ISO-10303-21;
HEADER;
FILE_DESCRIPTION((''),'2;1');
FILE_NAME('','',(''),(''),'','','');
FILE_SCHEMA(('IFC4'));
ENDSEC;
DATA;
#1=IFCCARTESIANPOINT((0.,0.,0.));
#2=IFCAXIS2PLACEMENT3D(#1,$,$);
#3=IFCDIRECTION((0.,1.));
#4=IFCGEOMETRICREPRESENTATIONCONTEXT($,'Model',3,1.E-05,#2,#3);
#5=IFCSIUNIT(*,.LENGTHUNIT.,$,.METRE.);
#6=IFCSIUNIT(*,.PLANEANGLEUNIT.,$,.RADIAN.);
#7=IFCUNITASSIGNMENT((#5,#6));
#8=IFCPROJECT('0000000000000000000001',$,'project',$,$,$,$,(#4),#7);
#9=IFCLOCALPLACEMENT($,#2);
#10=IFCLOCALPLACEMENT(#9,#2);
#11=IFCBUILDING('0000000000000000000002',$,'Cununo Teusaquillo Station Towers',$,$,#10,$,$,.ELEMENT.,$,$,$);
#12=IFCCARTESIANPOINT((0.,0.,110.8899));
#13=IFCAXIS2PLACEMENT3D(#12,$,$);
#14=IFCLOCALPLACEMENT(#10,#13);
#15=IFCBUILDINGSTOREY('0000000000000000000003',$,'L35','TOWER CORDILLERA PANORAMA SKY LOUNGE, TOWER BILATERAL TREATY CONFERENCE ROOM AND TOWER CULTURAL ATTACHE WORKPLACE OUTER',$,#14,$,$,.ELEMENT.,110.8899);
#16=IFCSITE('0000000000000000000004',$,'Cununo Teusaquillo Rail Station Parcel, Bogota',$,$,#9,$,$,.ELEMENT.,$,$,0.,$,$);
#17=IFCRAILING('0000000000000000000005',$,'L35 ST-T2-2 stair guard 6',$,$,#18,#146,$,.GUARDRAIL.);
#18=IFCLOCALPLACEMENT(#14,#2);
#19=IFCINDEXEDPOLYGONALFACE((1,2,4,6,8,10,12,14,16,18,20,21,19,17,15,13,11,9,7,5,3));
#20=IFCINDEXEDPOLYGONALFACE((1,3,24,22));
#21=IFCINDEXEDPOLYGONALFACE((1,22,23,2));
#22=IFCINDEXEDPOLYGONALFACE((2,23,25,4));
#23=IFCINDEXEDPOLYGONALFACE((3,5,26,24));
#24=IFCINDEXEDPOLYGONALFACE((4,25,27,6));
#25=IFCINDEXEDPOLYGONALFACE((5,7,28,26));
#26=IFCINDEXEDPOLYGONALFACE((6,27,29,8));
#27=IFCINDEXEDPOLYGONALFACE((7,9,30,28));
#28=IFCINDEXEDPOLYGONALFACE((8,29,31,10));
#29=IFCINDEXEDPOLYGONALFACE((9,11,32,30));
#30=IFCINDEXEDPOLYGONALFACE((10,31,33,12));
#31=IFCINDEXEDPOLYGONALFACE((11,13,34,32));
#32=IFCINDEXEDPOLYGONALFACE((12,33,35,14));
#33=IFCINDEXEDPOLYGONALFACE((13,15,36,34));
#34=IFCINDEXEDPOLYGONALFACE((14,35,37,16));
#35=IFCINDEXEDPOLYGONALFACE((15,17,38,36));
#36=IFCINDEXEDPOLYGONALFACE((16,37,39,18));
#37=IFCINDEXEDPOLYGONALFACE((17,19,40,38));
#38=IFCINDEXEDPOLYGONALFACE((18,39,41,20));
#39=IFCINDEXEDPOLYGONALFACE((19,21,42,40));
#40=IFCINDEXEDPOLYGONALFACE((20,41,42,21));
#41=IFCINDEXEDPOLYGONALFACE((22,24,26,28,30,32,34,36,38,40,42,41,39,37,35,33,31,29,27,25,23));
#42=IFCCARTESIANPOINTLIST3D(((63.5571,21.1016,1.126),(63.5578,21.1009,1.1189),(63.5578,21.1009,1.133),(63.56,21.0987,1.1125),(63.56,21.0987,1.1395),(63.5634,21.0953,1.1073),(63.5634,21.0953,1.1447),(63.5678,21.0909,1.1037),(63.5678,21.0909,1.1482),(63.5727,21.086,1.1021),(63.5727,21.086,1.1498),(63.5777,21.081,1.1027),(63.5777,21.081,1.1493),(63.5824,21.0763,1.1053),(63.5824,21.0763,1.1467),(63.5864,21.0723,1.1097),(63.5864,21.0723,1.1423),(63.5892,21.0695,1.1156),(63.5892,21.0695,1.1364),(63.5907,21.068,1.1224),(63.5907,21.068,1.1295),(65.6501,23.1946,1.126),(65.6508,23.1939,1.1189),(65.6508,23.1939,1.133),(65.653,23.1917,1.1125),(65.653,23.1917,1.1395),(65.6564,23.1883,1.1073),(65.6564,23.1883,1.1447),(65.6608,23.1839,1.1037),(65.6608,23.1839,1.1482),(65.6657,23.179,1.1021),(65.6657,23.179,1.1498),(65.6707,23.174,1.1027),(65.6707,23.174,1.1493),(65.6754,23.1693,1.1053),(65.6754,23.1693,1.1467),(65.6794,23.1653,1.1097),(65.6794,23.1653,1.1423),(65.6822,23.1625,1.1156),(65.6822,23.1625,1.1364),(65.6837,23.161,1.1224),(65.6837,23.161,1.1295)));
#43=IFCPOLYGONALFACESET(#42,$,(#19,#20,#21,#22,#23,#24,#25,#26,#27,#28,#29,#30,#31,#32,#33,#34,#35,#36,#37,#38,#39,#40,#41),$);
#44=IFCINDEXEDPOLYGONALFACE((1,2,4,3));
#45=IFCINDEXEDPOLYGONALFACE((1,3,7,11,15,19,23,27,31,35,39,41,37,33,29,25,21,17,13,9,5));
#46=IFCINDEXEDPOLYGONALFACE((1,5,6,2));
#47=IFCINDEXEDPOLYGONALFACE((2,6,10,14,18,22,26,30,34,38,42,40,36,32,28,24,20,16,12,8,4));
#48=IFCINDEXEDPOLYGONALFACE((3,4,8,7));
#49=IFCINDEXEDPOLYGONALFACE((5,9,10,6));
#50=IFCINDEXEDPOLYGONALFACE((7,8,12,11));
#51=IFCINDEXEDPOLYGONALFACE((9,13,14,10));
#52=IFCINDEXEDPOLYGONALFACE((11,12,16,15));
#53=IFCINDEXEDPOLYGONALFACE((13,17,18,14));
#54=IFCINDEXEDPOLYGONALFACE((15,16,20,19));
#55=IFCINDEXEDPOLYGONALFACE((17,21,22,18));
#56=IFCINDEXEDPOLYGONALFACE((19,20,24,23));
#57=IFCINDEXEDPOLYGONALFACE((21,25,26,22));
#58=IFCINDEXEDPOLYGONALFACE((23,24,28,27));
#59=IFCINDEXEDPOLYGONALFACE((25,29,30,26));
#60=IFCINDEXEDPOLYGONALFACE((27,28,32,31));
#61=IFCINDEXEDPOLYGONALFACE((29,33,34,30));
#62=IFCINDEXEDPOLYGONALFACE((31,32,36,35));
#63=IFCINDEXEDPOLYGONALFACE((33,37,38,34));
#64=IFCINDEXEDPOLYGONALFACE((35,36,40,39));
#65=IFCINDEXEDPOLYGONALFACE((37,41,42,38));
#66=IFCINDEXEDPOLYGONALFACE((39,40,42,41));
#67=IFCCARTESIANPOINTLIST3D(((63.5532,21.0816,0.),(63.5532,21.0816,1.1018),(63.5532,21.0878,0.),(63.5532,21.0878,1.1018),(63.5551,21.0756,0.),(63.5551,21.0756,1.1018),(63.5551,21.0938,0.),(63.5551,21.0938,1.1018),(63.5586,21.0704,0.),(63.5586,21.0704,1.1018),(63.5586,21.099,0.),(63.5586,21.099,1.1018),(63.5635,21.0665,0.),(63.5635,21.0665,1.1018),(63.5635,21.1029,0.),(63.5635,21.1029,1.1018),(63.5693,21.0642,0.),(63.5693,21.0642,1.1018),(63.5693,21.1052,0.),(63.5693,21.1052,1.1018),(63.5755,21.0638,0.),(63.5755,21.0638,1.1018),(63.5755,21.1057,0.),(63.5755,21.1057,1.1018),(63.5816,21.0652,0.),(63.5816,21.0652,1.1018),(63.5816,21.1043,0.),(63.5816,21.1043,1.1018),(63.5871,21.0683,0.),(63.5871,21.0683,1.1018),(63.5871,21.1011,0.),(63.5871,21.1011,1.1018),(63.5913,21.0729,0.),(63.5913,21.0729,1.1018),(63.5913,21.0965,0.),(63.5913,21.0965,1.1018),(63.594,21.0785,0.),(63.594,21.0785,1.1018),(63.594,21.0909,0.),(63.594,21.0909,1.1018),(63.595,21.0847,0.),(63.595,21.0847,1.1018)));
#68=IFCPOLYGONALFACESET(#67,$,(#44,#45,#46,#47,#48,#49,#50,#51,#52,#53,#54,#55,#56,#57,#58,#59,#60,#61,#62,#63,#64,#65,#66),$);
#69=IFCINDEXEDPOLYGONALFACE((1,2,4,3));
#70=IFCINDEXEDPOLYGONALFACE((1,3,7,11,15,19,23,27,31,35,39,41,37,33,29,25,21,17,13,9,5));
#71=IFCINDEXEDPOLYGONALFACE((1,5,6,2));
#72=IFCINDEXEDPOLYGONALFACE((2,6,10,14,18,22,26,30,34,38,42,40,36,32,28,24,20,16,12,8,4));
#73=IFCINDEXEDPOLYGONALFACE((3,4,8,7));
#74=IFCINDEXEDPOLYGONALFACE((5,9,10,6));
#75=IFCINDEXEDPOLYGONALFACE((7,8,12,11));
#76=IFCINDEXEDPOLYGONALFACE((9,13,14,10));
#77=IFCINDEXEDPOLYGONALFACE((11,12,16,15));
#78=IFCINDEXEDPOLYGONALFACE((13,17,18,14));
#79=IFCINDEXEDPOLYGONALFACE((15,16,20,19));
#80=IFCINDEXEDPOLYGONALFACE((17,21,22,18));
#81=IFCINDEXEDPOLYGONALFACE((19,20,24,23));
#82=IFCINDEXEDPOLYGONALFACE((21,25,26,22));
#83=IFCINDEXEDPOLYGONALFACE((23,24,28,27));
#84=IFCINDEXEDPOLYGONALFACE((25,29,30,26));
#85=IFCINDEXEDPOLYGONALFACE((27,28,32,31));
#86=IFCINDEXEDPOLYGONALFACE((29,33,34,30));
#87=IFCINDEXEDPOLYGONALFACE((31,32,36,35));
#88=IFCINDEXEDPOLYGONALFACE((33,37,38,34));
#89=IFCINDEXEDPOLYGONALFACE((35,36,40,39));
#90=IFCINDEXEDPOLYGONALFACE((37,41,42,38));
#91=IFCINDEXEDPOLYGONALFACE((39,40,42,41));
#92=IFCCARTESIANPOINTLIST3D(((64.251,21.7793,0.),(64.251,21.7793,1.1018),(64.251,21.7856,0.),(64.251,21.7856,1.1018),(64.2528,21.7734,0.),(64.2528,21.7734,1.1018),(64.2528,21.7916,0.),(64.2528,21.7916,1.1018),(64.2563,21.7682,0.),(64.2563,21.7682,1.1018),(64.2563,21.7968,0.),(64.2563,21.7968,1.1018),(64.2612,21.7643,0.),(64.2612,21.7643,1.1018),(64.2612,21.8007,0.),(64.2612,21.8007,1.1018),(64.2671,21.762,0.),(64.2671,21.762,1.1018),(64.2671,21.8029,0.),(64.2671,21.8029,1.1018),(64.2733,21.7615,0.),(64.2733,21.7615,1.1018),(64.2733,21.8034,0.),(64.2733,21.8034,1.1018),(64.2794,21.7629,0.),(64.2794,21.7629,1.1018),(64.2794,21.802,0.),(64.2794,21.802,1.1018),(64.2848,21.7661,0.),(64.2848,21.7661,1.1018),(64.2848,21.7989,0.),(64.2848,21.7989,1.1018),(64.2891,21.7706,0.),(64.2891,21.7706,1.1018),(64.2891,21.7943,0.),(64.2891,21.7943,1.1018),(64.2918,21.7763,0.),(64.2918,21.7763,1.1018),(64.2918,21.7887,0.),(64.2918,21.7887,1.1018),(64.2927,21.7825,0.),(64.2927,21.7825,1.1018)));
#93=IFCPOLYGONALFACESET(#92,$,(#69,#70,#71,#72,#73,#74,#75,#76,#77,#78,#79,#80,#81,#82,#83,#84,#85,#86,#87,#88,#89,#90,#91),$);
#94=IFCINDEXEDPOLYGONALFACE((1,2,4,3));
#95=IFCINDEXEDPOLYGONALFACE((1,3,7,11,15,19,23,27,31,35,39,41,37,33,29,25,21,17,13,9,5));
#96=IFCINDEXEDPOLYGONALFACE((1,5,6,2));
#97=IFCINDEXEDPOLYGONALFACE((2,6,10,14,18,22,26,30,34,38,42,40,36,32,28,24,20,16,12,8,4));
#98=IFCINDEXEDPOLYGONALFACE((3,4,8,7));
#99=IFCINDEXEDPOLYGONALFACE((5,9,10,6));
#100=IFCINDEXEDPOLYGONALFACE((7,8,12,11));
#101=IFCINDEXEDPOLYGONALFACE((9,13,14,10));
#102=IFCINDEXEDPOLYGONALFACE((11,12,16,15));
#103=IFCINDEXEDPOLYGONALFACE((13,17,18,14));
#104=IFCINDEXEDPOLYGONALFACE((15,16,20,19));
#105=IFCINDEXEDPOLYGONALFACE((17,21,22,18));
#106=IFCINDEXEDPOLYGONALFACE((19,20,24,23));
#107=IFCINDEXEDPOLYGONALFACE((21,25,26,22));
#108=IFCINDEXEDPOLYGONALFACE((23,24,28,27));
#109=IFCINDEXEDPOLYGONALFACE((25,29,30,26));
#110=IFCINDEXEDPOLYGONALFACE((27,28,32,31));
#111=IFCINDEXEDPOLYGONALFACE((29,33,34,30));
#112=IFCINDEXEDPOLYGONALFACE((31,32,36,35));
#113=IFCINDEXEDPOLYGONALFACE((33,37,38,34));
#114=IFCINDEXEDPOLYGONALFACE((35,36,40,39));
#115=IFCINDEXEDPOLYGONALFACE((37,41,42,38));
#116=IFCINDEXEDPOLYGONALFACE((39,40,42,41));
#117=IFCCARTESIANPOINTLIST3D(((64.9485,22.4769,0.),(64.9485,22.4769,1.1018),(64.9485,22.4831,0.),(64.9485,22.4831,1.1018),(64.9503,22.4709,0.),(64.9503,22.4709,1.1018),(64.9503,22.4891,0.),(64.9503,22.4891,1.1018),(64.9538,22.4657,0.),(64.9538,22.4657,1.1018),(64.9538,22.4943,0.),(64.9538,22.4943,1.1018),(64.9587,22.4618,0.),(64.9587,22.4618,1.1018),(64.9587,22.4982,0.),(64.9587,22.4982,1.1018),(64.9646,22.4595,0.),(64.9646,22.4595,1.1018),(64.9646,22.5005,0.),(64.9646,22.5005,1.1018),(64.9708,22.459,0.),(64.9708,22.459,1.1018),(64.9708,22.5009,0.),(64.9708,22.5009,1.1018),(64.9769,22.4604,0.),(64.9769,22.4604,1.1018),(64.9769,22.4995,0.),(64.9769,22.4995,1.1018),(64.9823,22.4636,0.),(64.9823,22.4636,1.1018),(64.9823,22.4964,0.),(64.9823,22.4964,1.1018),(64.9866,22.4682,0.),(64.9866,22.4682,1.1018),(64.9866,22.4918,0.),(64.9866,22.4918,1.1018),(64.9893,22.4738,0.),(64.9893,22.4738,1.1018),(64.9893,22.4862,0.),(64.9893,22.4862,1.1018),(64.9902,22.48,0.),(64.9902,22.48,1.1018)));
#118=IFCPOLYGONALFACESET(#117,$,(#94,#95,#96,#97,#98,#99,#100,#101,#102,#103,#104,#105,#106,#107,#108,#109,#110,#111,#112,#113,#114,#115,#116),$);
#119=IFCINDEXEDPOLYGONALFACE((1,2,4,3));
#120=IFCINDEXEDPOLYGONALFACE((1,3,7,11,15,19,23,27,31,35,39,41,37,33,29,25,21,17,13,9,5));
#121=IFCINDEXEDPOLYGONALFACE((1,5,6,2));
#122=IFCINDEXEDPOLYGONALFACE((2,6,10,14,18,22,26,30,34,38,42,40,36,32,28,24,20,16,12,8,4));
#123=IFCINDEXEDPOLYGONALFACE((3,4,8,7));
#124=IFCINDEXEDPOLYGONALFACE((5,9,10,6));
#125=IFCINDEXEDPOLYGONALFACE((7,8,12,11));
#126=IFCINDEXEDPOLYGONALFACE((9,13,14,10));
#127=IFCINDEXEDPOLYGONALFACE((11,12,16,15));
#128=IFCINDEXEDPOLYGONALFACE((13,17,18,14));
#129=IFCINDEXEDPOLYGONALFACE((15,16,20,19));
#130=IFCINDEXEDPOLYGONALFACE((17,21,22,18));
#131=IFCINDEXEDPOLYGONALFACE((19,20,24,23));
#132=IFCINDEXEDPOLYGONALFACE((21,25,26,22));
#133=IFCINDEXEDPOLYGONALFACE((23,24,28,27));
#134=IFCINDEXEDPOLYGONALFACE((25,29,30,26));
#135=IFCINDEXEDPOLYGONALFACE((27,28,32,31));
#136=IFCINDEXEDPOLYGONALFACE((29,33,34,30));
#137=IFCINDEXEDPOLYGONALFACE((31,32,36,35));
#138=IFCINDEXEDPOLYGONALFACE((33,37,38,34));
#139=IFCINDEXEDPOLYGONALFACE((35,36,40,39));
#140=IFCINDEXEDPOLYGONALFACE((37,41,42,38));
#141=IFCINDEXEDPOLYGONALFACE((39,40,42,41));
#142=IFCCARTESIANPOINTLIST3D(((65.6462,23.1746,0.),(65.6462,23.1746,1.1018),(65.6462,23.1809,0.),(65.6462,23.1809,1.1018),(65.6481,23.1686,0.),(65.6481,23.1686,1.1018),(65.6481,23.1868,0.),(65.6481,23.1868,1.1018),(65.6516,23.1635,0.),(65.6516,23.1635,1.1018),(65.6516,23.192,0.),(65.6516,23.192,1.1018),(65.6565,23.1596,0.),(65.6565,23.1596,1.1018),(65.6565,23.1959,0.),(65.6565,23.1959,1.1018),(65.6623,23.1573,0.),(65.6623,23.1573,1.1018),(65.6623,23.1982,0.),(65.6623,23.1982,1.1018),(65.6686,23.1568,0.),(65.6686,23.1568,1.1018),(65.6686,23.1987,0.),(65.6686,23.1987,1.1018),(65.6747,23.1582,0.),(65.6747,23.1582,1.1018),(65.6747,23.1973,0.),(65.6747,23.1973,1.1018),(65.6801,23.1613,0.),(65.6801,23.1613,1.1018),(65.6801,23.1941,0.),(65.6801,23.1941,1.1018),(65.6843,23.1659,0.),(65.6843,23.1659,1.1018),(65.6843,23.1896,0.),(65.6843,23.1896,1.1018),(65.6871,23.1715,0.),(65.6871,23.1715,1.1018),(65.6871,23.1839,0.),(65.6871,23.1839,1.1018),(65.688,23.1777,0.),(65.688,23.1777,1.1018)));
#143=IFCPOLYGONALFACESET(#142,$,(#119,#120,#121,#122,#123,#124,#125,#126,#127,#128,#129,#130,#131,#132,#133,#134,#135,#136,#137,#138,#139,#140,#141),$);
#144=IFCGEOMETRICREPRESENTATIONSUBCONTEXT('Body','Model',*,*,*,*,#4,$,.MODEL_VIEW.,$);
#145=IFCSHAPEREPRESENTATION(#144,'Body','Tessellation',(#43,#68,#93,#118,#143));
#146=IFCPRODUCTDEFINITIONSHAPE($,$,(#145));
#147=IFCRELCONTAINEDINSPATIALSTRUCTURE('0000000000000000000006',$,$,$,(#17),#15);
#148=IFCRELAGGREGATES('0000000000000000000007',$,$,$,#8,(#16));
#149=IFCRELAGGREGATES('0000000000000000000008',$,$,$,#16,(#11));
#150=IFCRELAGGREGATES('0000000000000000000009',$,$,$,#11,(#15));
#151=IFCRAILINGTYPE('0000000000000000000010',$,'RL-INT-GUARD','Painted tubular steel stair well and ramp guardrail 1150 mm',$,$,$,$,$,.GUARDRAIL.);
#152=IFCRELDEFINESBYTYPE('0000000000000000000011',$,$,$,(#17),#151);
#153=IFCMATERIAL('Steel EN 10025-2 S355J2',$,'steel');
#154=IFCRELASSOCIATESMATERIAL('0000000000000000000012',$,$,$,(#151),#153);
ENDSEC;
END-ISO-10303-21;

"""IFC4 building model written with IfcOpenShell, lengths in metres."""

from ifc_helpers import new_model, si_unit, direction, frame, origin, origin_2d, place, context, subcontext, project, spatial, circle, extrude, material, type_object, element, save


model = new_model("IFC4")

# Units and contexts
model_context = context("Model", 3, precision=1e-05, world=origin(), true_north=direction((0.0, 1.0)))
body_context = subcontext(model_context, "Body", "Model", "MODEL_VIEW")
ifc_project = project(units=[si_unit("LENGTHUNIT", "METRE"), si_unit("PLANEANGLEUNIT", "RADIAN")], contexts=[model_context])

# Site, building, storey
site_placement = place(None, origin())
site = spatial("IfcSite", under=ifc_project, at=site_placement, Name="Cununo Teusaquillo Rail Station Parcel, Bogota", CompositionType="ELEMENT", RefElevation=0.0)
building_placement = place(site_placement, origin())
building = spatial("IfcBuilding", under=site, at=building_placement, Name="Cununo Teusaquillo Station Towers", CompositionType="ELEMENT")
storey_placement = place(building_placement, frame((0.0, 0.0, 110.8899)))
storey = spatial("IfcBuildingStorey", under=building, at=storey_placement, Name="L35", Description="TOWER CORDILLERA PANORAMA SKY LOUNGE, TOWER BILATERAL TREATY CONFERENCE ROOM AND TOWER CULTURAL ATTACHE WORKPLACE OUTER", CompositionType="ELEMENT", Elevation=110.8899)

# Railing
ifc_material_1 = material(Name="Steel EN 10025-2 S355J2", Category="steel")
railing_type = type_object("IfcRailingType", Name="RL-INT-GUARD", Description="Painted tubular steel stair well and ramp guardrail 1150 mm", PredefinedType="GUARDRAIL", material=ifc_material_1)
railing_1_placement = place(storey_placement, frame((63.574, 21.0847, 0.0)))
element("IfcRailing", 1, at=railing_1_placement, inside=storey, type_object=railing_type, Name="L35 ST-T2-2 stair guard 6", PredefinedType="GUARDRAIL", context=body_context, shape_type="SweptSolid", body=[
    extrude(circle(Radius=0.0239, at=origin_2d()), frame((0.0, 0.0, 1.126), z_axis=(0.707107, 0.707107, 0.0), x_axis=(-0.707107, 0.707107, 0.0)), (0.0, 0.0, 1.0), 2.96),
    extrude(circle(Radius=0.021, at=origin_2d()), origin(), (0.0, 0.0, 1.0), 1.1018),
    extrude(circle(Radius=0.021, at=origin_2d()), frame((0.6978, 0.6978, 0.0)), (0.0, 0.0, 1.0), 1.1018),
    extrude(circle(Radius=0.021, at=origin_2d()), frame((1.3953, 1.3953, 0.0)), (0.0, 0.0, 1.0), 1.1018),
    extrude(circle(Radius=0.021, at=origin_2d()), frame((2.093, 2.093, 0.0)), (0.0, 0.0, 1.0), 1.1018),
])

save(model, "model.ifc")
